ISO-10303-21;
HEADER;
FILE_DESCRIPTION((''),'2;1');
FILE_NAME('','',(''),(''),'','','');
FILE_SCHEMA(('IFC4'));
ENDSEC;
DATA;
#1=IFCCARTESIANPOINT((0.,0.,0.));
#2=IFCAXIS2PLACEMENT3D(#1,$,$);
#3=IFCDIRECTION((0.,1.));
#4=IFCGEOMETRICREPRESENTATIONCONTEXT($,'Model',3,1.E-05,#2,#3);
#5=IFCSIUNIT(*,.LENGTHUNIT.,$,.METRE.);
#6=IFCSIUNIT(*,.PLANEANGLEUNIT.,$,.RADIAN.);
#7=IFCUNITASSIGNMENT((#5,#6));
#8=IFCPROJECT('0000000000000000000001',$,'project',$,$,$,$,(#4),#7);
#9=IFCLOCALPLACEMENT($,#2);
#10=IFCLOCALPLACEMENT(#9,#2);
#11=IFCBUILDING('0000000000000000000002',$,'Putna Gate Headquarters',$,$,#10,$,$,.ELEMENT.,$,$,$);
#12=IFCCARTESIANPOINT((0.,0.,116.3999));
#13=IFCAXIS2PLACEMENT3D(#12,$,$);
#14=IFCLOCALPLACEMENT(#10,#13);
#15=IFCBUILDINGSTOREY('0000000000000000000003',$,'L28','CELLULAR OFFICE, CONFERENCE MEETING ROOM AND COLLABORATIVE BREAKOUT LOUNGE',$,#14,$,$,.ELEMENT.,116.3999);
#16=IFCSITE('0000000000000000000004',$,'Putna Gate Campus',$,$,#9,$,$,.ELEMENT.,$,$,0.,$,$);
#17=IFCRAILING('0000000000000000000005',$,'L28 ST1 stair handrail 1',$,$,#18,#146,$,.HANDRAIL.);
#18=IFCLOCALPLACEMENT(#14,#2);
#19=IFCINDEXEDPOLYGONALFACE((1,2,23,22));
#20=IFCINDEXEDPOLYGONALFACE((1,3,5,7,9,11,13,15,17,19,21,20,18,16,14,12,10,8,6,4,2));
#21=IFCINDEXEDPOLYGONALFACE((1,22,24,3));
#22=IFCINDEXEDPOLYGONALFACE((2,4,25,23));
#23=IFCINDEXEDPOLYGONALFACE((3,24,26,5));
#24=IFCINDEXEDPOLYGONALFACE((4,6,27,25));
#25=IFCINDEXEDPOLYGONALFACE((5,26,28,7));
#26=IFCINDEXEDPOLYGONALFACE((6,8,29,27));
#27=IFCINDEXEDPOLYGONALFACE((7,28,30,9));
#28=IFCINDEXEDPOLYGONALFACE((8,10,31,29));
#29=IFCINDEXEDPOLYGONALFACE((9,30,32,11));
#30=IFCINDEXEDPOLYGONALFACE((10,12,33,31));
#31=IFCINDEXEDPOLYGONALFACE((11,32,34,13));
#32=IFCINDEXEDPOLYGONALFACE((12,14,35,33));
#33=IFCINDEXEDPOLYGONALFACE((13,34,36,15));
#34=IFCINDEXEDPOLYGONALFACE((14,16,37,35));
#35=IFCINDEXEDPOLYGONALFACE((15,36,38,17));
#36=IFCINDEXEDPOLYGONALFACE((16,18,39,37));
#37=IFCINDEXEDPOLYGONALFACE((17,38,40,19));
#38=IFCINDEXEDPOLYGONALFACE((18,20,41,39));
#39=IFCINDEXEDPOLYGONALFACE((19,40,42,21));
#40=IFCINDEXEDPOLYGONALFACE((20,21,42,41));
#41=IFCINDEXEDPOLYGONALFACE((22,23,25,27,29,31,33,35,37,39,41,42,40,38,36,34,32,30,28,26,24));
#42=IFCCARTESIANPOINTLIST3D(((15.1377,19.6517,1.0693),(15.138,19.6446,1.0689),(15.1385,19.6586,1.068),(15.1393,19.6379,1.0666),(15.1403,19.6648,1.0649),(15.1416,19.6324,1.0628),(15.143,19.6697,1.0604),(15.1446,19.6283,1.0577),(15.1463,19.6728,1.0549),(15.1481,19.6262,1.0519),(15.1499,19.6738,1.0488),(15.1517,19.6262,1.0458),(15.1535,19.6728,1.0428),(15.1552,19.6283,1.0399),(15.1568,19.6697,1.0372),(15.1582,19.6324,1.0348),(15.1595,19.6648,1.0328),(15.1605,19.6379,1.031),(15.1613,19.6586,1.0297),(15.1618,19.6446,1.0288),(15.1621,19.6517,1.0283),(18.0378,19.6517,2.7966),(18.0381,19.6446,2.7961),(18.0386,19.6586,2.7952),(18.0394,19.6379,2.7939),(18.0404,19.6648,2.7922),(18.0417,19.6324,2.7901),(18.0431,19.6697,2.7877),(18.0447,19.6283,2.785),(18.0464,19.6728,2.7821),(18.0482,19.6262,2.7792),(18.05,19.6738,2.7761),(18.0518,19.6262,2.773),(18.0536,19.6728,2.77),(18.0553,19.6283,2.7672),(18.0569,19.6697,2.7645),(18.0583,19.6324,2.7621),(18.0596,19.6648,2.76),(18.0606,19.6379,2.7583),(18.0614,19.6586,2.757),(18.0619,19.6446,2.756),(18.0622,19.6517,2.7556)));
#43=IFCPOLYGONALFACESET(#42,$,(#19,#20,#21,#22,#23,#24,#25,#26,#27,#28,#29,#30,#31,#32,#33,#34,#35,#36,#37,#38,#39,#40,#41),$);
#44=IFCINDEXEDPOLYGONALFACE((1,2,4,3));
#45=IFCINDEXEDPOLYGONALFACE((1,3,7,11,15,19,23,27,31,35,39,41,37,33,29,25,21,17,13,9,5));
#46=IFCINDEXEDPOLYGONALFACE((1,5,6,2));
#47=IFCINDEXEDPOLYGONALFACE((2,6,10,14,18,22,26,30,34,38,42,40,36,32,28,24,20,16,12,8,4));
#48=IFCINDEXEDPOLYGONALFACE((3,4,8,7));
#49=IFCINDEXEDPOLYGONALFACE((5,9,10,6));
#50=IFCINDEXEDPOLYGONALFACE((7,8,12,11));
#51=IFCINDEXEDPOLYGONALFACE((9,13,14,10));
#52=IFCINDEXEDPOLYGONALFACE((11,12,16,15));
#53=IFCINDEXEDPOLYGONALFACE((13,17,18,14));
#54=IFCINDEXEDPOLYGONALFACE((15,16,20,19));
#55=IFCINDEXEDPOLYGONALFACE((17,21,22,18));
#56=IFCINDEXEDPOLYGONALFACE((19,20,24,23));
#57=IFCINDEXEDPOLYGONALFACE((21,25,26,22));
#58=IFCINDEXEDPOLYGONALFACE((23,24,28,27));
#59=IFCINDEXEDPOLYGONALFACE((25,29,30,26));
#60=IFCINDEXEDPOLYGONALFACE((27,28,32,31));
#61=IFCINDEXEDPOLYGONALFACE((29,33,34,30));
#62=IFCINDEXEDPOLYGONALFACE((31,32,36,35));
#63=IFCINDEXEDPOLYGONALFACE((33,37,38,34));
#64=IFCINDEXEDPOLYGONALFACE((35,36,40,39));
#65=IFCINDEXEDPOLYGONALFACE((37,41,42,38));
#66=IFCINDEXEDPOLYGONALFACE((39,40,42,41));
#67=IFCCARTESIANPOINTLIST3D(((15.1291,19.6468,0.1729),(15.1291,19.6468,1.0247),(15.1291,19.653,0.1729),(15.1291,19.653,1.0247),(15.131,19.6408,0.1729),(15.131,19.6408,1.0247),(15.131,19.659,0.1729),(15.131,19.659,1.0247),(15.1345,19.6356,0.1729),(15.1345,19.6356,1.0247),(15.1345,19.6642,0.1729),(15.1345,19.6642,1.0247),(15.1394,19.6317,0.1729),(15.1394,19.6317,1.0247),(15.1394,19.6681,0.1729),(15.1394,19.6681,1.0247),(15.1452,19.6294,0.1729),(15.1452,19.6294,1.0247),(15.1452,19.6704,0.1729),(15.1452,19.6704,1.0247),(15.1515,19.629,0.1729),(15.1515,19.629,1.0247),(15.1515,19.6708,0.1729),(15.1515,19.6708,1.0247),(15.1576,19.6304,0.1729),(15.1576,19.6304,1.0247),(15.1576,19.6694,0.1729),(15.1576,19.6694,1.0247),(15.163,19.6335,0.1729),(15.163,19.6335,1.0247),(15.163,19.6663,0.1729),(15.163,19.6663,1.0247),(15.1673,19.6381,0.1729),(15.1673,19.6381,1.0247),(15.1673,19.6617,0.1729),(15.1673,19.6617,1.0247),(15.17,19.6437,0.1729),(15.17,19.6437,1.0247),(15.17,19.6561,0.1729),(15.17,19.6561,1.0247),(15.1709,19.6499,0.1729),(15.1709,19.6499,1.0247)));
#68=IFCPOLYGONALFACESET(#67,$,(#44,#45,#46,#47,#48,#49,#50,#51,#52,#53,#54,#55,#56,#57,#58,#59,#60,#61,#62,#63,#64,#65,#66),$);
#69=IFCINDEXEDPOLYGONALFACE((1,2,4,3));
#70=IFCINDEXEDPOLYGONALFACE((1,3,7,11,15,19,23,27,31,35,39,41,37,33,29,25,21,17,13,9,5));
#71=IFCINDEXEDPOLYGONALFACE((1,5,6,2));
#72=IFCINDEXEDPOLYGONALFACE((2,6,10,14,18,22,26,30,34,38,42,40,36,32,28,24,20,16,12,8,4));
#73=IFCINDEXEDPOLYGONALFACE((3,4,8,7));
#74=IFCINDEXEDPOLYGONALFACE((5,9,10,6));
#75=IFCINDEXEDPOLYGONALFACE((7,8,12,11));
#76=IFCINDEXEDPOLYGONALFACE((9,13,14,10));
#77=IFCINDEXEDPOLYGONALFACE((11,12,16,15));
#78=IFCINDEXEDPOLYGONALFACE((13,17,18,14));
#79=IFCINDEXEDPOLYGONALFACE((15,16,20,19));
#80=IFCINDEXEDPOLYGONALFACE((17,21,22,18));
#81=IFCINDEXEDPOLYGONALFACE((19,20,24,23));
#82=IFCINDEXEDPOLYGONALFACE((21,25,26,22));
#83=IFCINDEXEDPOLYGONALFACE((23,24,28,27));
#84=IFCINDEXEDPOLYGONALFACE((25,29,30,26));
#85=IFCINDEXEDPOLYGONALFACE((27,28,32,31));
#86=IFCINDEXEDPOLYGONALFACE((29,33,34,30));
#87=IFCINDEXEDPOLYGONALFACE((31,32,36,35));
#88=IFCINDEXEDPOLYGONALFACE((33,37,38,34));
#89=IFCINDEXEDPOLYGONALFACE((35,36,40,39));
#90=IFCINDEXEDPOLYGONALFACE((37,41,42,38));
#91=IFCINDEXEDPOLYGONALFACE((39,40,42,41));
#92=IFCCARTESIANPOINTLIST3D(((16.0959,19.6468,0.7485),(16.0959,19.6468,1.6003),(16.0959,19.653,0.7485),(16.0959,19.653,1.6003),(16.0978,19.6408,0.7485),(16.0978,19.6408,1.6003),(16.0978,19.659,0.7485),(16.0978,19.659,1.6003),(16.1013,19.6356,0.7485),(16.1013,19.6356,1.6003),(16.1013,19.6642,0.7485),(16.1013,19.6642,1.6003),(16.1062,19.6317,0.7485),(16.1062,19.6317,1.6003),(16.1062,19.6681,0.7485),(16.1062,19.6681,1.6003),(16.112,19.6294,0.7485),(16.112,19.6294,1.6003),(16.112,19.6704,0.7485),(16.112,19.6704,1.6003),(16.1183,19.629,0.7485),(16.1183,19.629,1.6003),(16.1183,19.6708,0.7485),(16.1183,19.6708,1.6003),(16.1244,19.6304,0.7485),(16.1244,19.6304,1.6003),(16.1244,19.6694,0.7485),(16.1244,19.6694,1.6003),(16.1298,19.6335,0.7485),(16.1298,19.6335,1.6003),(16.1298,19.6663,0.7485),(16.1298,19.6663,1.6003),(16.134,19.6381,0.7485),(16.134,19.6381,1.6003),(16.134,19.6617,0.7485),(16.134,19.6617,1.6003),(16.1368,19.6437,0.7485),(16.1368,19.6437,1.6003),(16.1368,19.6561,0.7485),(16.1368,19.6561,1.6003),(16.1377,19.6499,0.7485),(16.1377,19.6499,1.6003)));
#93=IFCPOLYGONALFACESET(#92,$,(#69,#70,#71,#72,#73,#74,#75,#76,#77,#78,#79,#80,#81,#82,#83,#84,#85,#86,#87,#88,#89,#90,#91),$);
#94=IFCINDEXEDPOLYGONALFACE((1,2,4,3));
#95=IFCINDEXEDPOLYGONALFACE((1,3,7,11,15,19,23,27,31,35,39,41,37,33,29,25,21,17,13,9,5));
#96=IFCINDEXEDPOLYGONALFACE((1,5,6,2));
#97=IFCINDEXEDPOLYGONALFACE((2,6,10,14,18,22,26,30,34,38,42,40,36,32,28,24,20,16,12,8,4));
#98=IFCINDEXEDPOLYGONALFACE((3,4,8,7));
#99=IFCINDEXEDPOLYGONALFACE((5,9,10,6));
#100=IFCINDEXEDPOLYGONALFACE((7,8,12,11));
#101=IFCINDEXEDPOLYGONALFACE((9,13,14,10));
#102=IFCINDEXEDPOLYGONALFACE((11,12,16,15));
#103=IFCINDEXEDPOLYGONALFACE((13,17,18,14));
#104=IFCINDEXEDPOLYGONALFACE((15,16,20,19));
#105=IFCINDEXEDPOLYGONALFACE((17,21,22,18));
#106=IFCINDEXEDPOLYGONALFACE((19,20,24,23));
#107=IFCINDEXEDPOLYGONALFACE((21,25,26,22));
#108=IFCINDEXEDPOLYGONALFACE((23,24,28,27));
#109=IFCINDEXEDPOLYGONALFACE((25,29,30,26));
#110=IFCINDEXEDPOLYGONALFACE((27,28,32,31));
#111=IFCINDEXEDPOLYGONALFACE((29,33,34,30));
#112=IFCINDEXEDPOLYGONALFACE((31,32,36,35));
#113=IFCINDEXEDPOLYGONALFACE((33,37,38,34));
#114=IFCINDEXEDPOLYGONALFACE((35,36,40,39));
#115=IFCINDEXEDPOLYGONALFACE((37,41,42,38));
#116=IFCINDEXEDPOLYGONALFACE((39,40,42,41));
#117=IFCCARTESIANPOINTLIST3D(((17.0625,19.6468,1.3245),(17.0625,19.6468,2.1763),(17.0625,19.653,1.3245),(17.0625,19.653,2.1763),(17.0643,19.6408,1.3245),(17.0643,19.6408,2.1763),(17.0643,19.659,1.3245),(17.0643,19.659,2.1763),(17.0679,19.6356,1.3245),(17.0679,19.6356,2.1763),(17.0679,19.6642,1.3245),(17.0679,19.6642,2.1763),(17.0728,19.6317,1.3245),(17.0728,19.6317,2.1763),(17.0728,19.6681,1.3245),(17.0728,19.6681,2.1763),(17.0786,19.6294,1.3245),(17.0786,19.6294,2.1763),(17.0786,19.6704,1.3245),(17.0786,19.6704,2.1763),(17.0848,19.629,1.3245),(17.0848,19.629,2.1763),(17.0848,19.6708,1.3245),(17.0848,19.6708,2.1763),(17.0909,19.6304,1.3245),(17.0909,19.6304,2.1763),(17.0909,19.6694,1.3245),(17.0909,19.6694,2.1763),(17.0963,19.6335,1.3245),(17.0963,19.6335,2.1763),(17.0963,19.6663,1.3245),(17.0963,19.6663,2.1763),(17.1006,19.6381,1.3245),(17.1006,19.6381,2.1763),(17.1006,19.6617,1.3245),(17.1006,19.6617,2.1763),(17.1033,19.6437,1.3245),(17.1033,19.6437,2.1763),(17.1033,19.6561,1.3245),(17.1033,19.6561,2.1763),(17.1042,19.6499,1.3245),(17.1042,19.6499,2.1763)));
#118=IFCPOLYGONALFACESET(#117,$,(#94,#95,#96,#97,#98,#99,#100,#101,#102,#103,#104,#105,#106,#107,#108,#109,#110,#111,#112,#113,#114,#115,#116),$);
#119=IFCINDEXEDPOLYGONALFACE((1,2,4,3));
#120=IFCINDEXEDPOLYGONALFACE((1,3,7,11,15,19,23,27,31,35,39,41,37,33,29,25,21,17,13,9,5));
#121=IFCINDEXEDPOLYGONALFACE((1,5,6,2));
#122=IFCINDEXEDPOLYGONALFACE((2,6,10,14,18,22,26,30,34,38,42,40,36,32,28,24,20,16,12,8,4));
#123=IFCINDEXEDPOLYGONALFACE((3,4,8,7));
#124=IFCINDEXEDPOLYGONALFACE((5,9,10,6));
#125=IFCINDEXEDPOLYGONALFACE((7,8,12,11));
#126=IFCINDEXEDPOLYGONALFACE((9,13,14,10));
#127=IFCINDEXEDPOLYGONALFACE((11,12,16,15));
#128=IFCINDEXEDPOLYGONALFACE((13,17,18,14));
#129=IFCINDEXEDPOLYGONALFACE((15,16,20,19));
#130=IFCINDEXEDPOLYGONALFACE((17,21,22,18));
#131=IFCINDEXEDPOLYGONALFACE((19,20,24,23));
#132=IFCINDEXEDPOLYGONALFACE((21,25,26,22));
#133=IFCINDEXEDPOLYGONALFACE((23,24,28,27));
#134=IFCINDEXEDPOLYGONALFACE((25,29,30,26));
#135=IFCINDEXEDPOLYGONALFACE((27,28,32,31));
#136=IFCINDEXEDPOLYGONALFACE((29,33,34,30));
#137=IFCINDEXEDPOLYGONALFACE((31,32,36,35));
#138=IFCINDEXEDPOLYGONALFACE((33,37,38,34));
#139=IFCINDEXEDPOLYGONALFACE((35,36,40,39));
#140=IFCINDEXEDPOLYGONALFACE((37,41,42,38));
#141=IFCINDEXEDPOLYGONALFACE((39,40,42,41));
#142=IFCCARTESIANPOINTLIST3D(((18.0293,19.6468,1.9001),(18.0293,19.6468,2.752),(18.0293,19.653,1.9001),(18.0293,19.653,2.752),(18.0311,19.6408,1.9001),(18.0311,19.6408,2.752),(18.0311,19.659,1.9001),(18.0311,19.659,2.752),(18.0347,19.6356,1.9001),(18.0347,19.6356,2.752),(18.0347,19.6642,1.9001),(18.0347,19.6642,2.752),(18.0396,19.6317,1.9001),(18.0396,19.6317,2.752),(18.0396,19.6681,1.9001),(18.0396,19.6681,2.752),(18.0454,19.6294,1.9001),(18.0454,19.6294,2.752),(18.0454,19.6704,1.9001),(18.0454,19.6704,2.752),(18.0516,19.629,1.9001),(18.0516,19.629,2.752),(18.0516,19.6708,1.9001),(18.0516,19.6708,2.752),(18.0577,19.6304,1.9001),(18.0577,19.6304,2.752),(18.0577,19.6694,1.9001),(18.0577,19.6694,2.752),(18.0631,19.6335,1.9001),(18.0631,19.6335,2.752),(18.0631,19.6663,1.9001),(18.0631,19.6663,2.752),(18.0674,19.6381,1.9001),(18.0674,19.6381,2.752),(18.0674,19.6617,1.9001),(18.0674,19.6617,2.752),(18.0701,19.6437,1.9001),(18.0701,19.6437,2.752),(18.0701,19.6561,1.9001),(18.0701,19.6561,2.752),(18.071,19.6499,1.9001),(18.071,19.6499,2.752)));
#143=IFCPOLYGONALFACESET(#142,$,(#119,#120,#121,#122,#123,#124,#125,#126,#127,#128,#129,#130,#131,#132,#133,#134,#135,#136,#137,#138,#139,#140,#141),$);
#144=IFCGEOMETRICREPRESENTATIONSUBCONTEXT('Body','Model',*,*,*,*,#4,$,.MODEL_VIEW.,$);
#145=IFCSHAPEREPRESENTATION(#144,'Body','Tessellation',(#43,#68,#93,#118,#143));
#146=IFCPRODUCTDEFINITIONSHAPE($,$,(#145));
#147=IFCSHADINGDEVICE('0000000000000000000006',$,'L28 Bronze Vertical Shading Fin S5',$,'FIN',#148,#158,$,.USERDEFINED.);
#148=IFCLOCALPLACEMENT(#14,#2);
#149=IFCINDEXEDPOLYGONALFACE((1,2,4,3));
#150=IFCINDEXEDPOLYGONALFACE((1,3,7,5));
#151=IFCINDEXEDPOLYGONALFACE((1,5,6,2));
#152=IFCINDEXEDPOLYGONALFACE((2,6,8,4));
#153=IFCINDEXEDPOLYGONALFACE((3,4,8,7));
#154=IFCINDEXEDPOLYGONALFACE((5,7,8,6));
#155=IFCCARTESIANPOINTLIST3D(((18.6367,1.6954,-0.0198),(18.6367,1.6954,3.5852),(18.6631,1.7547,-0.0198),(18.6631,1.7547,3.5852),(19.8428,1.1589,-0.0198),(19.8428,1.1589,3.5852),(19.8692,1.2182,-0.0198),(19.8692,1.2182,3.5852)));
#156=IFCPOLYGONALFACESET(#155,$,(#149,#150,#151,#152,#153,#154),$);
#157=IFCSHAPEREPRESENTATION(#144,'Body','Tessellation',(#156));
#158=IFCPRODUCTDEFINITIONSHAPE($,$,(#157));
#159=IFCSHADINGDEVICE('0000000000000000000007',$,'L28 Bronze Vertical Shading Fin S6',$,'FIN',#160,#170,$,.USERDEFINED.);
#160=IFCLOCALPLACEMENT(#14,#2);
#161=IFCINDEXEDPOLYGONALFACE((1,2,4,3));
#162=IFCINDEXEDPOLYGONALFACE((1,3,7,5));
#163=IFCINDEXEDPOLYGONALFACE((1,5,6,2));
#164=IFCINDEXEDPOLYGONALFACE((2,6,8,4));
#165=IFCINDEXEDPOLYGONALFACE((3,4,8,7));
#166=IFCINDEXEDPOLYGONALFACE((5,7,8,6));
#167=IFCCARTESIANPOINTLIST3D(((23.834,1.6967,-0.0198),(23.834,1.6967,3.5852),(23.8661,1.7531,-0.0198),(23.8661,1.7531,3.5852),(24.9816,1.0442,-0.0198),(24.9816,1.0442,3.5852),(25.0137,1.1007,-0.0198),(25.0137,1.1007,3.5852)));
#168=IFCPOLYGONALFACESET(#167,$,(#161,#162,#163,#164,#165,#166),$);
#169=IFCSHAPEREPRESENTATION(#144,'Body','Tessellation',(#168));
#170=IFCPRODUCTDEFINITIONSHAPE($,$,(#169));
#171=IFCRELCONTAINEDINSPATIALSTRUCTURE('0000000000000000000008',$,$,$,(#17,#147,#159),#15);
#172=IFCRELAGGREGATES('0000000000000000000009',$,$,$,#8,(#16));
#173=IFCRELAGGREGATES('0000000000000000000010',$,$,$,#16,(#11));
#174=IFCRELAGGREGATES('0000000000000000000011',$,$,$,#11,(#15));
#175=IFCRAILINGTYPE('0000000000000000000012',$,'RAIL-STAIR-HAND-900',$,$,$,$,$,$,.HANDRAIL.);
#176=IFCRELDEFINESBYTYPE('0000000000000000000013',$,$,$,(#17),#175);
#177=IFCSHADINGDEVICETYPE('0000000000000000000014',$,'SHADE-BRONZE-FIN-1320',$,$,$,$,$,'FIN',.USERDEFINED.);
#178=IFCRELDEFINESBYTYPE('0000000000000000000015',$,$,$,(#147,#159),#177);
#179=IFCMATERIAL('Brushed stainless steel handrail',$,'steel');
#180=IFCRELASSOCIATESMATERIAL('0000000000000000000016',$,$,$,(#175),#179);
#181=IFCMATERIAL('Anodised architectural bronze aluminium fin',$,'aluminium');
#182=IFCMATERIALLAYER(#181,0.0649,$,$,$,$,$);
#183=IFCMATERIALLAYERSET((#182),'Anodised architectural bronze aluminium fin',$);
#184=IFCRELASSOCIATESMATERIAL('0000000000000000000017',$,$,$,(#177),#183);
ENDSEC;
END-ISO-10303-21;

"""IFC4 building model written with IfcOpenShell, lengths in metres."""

from ifc_helpers import new_model, si_unit, direction, frame, origin, origin_2d, place, context, subcontext, project, spatial, rectangle, circle, extrude, material, layer, layer_set, type_object, element, save


model = new_model("IFC4")

# Units and contexts
model_context = context("Model", 3, precision=1e-05, world=origin(), true_north=direction((0.0, 1.0)))
body_context = subcontext(model_context, "Body", "Model", "MODEL_VIEW")
ifc_project = project(units=[si_unit("LENGTHUNIT", "METRE"), si_unit("PLANEANGLEUNIT", "RADIAN")], contexts=[model_context])

# Site, building, storey
site_placement = place(None, origin())
site = spatial("IfcSite", under=ifc_project, at=site_placement, Name="Putna Gate Campus", CompositionType="ELEMENT", RefElevation=0.0)
building_placement = place(site_placement, origin())
building = spatial("IfcBuilding", under=site, at=building_placement, Name="Putna Gate Headquarters", CompositionType="ELEMENT")
storey_placement = place(building_placement, frame((0.0, 0.0, 116.3999)))
storey = spatial("IfcBuildingStorey", under=building, at=storey_placement, Name="L28", Description="CELLULAR OFFICE, CONFERENCE MEETING ROOM AND COLLABORATIVE BREAKOUT LOUNGE", CompositionType="ELEMENT", Elevation=116.3999)

# Railing
ifc_material_1 = material(Name="Brushed stainless steel handrail", Category="steel")
railing_type_1 = type_object("IfcRailingType", Name="RAIL-STAIR-HAND-900", PredefinedType="HANDRAIL", material=ifc_material_1)
railing_1_placement = place(storey_placement, frame((15.1499, 19.6499, 0.1729)))
element("IfcRailing", 1, at=railing_1_placement, inside=storey, type_object=railing_type_1, Name="L28 ST1 stair handrail 1", PredefinedType="HANDRAIL", context=body_context, shape_type="SweptSolid", body=[
    extrude(circle(Radius=0.0239, at=origin_2d()), frame((0.0, 0.0, 0.876), z_axis=(0.85916, 0.0, 0.511706), x_axis=(0.0, 1.0, 0.0)), (0.0, 0.0, 1.0), 3.3755),
    extrude(circle(Radius=0.021, at=origin_2d()), origin(), (0.0, 0.0, 1.0), 0.8518),
    extrude(circle(Radius=0.021, at=origin_2d()), frame((0.9668, 0.0, 0.5757)), (0.0, 0.0, 1.0), 0.8518),
    extrude(circle(Radius=0.021, at=origin_2d()), frame((1.9333, 0.0, 1.1516)), (0.0, 0.0, 1.0), 0.8518),
    extrude(circle(Radius=0.021, at=origin_2d()), frame((2.9001, 0.0, 1.7273)), (0.0, 0.0, 1.0), 0.8518),
])

# Shading devices
ifc_material_2 = material(Name="Anodised architectural bronze aluminium fin", Category="aluminium")
ifc_layer_1 = layer(ifc_material_2, 0.0649)
ifc_layer_set_1 = layer_set([ifc_layer_1], Name="Anodised architectural bronze aluminium fin")
shading_device_type = type_object("IfcShadingDeviceType", Name="SHADE-BRONZE-FIN-1320", ElementType="FIN", PredefinedType="USERDEFINED", material=ifc_layer_set_1)
for number, where, z_axis, x_axis, name in (
    (2, (19.2529, 1.4568, -0.0198), (0.0, 0.0, 1.0), (0.913687, -0.406418, 0.0), "L28 Bronze Vertical Shading Fin S5"),
    (3, (24.4238, 1.3987, -0.0198), (0.0, 0.0, 1.0), (0.869322, -0.494245, 0.0), "L28 Bronze Vertical Shading Fin S6"),
):
    element("IfcShadingDevice", number, at=place(storey_placement, frame(where, z_axis=z_axis, x_axis=x_axis)), inside=storey, type_object=shading_device_type, Name=name, ObjectType="FIN", PredefinedType="USERDEFINED", context=body_context, shape_type="SweptSolid", body=[
        extrude(rectangle(XDim=1.3201, YDim=0.0649, at=origin_2d()), origin(), (0.0, 0.0, 1.0), 3.605),
    ])

save(model, "model.ifc")
